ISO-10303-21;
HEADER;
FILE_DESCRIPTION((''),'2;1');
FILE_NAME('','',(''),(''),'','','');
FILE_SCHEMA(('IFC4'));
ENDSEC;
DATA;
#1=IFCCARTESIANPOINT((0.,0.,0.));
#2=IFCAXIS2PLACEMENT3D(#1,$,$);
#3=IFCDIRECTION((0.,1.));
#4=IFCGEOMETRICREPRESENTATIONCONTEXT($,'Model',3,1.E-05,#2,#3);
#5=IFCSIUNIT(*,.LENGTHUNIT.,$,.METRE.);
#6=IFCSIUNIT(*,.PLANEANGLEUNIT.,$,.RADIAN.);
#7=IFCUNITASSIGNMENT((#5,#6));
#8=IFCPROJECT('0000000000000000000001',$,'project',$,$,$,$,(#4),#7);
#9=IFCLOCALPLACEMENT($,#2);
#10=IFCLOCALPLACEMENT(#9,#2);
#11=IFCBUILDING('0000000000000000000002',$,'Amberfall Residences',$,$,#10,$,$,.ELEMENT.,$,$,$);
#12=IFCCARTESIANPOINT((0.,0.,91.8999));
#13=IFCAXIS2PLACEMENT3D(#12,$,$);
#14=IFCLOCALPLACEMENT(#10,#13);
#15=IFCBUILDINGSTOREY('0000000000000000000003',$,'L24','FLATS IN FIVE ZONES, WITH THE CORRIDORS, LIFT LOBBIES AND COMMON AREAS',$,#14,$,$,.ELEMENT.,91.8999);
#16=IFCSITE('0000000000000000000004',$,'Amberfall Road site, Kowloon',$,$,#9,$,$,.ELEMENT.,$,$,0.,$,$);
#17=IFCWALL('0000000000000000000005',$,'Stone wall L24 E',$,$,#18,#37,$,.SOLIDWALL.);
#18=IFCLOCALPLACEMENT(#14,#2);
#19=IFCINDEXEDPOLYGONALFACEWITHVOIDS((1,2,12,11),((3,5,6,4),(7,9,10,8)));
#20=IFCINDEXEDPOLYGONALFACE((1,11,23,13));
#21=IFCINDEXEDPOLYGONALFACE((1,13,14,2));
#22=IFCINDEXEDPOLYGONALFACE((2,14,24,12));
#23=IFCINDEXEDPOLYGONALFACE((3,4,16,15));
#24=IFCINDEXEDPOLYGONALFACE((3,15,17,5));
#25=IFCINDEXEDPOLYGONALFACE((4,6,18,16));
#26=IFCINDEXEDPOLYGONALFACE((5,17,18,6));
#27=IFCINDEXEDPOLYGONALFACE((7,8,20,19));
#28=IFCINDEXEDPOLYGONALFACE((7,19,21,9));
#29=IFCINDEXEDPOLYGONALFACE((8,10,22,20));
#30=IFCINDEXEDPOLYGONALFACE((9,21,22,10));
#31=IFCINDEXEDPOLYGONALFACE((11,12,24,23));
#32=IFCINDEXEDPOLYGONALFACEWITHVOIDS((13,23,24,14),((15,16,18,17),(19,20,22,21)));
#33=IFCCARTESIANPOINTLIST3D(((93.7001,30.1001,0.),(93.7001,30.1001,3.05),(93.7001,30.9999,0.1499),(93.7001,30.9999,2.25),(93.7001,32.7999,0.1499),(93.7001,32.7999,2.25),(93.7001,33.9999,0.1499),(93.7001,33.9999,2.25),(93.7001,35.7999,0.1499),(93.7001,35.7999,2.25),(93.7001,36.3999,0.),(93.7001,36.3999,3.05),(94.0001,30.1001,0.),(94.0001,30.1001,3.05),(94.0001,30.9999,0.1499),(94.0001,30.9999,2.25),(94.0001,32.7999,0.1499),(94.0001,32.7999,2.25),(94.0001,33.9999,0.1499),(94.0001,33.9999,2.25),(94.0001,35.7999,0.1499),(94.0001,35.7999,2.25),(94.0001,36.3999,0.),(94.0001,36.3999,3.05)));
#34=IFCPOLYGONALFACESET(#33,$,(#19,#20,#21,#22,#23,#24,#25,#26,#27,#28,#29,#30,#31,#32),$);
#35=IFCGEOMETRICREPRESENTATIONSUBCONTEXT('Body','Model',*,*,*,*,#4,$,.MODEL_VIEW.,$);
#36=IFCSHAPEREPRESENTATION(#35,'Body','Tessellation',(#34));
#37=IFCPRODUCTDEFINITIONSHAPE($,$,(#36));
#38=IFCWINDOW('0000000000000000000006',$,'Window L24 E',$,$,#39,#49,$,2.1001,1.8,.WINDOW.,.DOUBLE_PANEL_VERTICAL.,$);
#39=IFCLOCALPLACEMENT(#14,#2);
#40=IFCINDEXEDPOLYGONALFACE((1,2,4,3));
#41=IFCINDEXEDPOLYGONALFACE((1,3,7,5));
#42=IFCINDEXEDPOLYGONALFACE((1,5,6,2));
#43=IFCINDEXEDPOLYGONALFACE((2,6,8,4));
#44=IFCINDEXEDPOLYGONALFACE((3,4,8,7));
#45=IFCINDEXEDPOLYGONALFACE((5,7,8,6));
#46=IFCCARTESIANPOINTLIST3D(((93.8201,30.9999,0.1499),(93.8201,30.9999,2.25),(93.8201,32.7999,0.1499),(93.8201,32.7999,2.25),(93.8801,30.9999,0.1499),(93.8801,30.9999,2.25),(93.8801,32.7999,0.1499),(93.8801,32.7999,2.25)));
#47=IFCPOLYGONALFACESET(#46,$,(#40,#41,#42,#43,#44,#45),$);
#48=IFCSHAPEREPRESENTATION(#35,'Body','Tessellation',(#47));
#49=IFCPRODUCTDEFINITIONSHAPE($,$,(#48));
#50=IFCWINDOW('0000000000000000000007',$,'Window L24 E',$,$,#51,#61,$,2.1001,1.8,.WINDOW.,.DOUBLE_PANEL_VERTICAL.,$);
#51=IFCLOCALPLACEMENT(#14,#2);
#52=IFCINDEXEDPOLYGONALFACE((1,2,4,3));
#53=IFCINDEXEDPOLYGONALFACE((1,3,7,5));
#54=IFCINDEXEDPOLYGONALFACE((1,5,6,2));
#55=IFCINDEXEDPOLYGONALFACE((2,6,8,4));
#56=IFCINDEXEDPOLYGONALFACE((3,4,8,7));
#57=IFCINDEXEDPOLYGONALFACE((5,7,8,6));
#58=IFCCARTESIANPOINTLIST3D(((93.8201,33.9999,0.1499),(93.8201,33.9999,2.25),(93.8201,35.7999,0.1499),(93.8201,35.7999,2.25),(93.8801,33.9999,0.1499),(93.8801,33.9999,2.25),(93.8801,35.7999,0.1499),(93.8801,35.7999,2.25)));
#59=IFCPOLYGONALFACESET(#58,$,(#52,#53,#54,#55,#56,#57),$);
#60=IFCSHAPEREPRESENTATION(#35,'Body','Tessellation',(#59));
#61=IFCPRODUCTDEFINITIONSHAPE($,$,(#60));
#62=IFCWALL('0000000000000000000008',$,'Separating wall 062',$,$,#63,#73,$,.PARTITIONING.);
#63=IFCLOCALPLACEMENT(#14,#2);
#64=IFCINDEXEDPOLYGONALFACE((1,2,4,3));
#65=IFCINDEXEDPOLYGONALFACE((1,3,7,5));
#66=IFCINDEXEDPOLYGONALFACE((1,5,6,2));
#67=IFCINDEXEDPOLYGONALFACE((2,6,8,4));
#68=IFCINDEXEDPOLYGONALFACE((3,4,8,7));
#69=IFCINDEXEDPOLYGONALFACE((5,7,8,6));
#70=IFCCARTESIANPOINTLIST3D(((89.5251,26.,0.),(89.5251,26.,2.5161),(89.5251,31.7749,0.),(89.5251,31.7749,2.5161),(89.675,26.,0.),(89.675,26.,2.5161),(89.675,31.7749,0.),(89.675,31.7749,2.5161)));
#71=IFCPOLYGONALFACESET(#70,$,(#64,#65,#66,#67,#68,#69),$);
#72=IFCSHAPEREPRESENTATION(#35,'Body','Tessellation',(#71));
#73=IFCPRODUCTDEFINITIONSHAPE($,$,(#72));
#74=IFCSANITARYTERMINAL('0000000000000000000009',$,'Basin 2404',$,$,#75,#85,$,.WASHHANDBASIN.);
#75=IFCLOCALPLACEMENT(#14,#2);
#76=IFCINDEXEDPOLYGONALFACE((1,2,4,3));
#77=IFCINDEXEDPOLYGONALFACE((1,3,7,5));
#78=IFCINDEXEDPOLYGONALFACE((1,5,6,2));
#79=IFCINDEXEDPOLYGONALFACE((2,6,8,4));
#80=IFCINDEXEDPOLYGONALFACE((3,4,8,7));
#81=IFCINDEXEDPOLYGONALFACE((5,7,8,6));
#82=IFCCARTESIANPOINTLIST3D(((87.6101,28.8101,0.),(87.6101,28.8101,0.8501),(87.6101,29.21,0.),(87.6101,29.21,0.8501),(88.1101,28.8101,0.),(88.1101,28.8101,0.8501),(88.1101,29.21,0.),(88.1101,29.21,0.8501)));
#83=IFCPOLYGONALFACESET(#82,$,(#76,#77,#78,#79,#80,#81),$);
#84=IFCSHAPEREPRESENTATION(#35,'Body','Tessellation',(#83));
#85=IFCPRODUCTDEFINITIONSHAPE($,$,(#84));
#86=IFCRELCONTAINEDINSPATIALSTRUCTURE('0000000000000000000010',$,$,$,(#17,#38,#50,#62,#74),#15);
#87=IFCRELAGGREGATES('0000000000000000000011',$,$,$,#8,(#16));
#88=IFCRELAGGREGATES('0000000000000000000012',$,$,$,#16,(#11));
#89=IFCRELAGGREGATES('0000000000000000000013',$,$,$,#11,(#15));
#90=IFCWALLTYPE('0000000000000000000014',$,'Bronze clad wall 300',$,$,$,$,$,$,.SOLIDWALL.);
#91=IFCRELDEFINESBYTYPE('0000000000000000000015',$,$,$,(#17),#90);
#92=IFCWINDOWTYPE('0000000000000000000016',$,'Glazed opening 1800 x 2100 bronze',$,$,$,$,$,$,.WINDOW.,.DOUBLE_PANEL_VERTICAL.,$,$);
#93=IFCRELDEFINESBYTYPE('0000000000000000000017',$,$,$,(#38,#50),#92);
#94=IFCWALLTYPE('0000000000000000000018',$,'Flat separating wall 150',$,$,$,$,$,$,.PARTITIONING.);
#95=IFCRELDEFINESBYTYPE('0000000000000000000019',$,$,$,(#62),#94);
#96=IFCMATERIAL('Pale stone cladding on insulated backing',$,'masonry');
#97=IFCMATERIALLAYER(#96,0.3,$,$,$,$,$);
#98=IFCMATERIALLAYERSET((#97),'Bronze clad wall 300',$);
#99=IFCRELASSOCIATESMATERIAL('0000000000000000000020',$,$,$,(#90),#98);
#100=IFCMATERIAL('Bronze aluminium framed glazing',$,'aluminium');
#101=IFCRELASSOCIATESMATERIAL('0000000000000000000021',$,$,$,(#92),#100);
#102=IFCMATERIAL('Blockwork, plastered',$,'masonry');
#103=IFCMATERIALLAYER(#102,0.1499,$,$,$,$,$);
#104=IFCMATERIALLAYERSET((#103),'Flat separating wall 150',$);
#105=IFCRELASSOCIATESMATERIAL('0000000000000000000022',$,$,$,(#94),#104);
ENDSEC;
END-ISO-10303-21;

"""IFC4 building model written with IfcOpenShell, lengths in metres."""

from ifc_helpers import new_model, si_unit, direction, frame, frame_2d, origin, origin_2d, place, context, subcontext, project, spatial, rectangle, extrude, material, layer, layer_set, type_object, element, fill, save


model = new_model("IFC4")

# Units and contexts
model_context = context("Model", 3, precision=1e-05, world=origin(), true_north=direction((0.0, 1.0)))
body_context = subcontext(model_context, "Body", "Model", "MODEL_VIEW")
ifc_project = project(units=[si_unit("LENGTHUNIT", "METRE"), si_unit("PLANEANGLEUNIT", "RADIAN")], contexts=[model_context])

# Site, building, storey
site_placement = place(None, origin())
site = spatial("IfcSite", under=ifc_project, at=site_placement, Name="Amberfall Road site, Kowloon", CompositionType="ELEMENT", RefElevation=0.0)
building_placement = place(site_placement, origin())
building = spatial("IfcBuilding", under=site, at=building_placement, Name="Amberfall Residences", CompositionType="ELEMENT")
storey_placement = place(building_placement, frame((0.0, 0.0, 91.8999)))
storey = spatial("IfcBuildingStorey", under=building, at=storey_placement, Name="L24", Description="FLATS IN FIVE ZONES, WITH THE CORRIDORS, LIFT LOBBIES AND COMMON AREAS", CompositionType="ELEMENT", Elevation=91.8999)

# Shared definitions
ifc_material_1 = material(Name="Pale stone cladding on insulated backing", Category="masonry")
ifc_layer_1 = layer(ifc_material_1, 0.3)
ifc_layer_set_1 = layer_set([ifc_layer_1], Name="Bronze clad wall 300")
wall_type_1 = type_object("IfcWallType", Name="Bronze clad wall 300", PredefinedType="SOLIDWALL", material=ifc_layer_set_1)
ifc_material_2 = material(Name="Bronze aluminium framed glazing", Category="aluminium")

# Wall, openings, windows
wall_1_placement = place(storey_placement, frame((93.8501, 30.1001, 0.0), z_axis=(0.0, 0.0, 1.0), x_axis=(0.0, 1.0, 0.0)))
wall_1 = element("IfcWall", 1, at=wall_1_placement, inside=storey, type_object=wall_type_1, Name="Stone wall L24 E", PredefinedType="SOLIDWALL", context=body_context, shape_type="SweptSolid", body=[
    extrude(rectangle(XDim=6.2998, YDim=0.3, at=frame_2d((3.1499, 0.0))), origin(), (0.0, 0.0, 1.0), 3.05),
])
opening_1_placement = place(wall_1_placement, frame((0.8999, 0.0, 0.1499)))
opening_1 = element("IfcOpeningElement", 2, at=opening_1_placement, cuts=wall_1, PredefinedType="OPENING", context=body_context, shape_type="SweptSolid", body=[
    extrude(rectangle(XDim=1.8, YDim=2.1001, at=frame_2d((0.8999, 1.05))), frame((0.0, 0.1599, 0.0), z_axis=(0.0, -1.0, 0.0), x_axis=(1.0, 0.0, 0.0)), (0.0, 0.0, 1.0), 0.3201),
])
opening_2_placement = place(wall_1_placement, frame((3.8999, 0.0, 0.1499)))
opening_2 = element("IfcOpeningElement", 3, at=opening_2_placement, cuts=wall_1, PredefinedType="OPENING", context=body_context, shape_type="SweptSolid", body=[
    extrude(rectangle(XDim=1.8, YDim=2.1001, at=frame_2d((0.8999, 1.05))), frame((0.0, 0.1599, 0.0), z_axis=(0.0, -1.0, 0.0), x_axis=(1.0, 0.0, 0.0)), (0.0, 0.0, 1.0), 0.3201),
])
window_type_1 = type_object("IfcWindowType", Name="Glazed opening 1800 x 2100 bronze", PartitioningType="DOUBLE_PANEL_VERTICAL", PredefinedType="WINDOW", material=ifc_material_2)
window_1_placement = place(opening_1_placement, origin())
window_1 = element("IfcWindow", 4, at=window_1_placement, inside=storey, type_object=window_type_1, Name="Window L24 E", OverallHeight=2.1001, OverallWidth=1.8, PartitioningType="DOUBLE_PANEL_VERTICAL", PredefinedType="WINDOW", context=body_context, shape_type="SweptSolid", body=[
    extrude(rectangle(XDim=1.8, YDim=2.1001, at=frame_2d((0.8999, 1.05))), frame((0.0, 0.03, 0.0), z_axis=(0.0, -1.0, 0.0), x_axis=(1.0, 0.0, 0.0)), (0.0, 0.0, 1.0), 0.0601),
])
fill(opening_1, window_1)
window_2_placement = place(opening_2_placement, origin())
window_2 = element("IfcWindow", 5, at=window_2_placement, inside=storey, type_object=window_type_1, Name="Window L24 E", OverallHeight=2.1001, OverallWidth=1.8, PartitioningType="DOUBLE_PANEL_VERTICAL", PredefinedType="WINDOW", context=body_context, shape_type="SweptSolid", body=[
    extrude(rectangle(XDim=1.8, YDim=2.1001, at=frame_2d((0.8999, 1.05))), frame((0.0, 0.03, 0.0), z_axis=(0.0, -1.0, 0.0), x_axis=(1.0, 0.0, 0.0)), (0.0, 0.0, 1.0), 0.0601),
])
fill(opening_2, window_2)

# Wall
ifc_material_3 = material(Name="Blockwork, plastered", Category="masonry")
ifc_layer_2 = layer(ifc_material_3, 0.1499)
ifc_layer_set_2 = layer_set([ifc_layer_2], Name="Flat separating wall 150")
wall_type_2 = type_object("IfcWallType", Name="Flat separating wall 150", PredefinedType="PARTITIONING", material=ifc_layer_set_2)
wall_2_placement = place(storey_placement, frame((89.6001, 26.0, 0.0), z_axis=(0.0, 0.0, 1.0), x_axis=(0.0, 1.0, 0.0)))
element("IfcWall", 6, at=wall_2_placement, inside=storey, type_object=wall_type_2, Name="Separating wall 062", PredefinedType="PARTITIONING", context=body_context, shape_type="SweptSolid", body=[
    extrude(rectangle(XDim=5.7749, YDim=0.1499, at=frame_2d((2.8875, 0.0))), origin(), (0.0, 0.0, 1.0), 2.5161),
])

# Sanitary terminal
sanitary_terminal_placement = place(storey_placement, frame((87.8601, 29.01, 0.0), z_axis=(0.0, 0.0, 1.0), x_axis=(1.0, 0.0, 0.0)))
element("IfcSanitaryTerminal", 7, at=sanitary_terminal_placement, inside=storey, Name="Basin 2404", PredefinedType="WASHHANDBASIN", context=body_context, shape_type="SweptSolid", body=[
    extrude(rectangle(XDim=0.5, YDim=0.3999, at=origin_2d()), origin(), (0.0, 0.0, 1.0), 0.8501),
])

save(model, "model.ifc")
